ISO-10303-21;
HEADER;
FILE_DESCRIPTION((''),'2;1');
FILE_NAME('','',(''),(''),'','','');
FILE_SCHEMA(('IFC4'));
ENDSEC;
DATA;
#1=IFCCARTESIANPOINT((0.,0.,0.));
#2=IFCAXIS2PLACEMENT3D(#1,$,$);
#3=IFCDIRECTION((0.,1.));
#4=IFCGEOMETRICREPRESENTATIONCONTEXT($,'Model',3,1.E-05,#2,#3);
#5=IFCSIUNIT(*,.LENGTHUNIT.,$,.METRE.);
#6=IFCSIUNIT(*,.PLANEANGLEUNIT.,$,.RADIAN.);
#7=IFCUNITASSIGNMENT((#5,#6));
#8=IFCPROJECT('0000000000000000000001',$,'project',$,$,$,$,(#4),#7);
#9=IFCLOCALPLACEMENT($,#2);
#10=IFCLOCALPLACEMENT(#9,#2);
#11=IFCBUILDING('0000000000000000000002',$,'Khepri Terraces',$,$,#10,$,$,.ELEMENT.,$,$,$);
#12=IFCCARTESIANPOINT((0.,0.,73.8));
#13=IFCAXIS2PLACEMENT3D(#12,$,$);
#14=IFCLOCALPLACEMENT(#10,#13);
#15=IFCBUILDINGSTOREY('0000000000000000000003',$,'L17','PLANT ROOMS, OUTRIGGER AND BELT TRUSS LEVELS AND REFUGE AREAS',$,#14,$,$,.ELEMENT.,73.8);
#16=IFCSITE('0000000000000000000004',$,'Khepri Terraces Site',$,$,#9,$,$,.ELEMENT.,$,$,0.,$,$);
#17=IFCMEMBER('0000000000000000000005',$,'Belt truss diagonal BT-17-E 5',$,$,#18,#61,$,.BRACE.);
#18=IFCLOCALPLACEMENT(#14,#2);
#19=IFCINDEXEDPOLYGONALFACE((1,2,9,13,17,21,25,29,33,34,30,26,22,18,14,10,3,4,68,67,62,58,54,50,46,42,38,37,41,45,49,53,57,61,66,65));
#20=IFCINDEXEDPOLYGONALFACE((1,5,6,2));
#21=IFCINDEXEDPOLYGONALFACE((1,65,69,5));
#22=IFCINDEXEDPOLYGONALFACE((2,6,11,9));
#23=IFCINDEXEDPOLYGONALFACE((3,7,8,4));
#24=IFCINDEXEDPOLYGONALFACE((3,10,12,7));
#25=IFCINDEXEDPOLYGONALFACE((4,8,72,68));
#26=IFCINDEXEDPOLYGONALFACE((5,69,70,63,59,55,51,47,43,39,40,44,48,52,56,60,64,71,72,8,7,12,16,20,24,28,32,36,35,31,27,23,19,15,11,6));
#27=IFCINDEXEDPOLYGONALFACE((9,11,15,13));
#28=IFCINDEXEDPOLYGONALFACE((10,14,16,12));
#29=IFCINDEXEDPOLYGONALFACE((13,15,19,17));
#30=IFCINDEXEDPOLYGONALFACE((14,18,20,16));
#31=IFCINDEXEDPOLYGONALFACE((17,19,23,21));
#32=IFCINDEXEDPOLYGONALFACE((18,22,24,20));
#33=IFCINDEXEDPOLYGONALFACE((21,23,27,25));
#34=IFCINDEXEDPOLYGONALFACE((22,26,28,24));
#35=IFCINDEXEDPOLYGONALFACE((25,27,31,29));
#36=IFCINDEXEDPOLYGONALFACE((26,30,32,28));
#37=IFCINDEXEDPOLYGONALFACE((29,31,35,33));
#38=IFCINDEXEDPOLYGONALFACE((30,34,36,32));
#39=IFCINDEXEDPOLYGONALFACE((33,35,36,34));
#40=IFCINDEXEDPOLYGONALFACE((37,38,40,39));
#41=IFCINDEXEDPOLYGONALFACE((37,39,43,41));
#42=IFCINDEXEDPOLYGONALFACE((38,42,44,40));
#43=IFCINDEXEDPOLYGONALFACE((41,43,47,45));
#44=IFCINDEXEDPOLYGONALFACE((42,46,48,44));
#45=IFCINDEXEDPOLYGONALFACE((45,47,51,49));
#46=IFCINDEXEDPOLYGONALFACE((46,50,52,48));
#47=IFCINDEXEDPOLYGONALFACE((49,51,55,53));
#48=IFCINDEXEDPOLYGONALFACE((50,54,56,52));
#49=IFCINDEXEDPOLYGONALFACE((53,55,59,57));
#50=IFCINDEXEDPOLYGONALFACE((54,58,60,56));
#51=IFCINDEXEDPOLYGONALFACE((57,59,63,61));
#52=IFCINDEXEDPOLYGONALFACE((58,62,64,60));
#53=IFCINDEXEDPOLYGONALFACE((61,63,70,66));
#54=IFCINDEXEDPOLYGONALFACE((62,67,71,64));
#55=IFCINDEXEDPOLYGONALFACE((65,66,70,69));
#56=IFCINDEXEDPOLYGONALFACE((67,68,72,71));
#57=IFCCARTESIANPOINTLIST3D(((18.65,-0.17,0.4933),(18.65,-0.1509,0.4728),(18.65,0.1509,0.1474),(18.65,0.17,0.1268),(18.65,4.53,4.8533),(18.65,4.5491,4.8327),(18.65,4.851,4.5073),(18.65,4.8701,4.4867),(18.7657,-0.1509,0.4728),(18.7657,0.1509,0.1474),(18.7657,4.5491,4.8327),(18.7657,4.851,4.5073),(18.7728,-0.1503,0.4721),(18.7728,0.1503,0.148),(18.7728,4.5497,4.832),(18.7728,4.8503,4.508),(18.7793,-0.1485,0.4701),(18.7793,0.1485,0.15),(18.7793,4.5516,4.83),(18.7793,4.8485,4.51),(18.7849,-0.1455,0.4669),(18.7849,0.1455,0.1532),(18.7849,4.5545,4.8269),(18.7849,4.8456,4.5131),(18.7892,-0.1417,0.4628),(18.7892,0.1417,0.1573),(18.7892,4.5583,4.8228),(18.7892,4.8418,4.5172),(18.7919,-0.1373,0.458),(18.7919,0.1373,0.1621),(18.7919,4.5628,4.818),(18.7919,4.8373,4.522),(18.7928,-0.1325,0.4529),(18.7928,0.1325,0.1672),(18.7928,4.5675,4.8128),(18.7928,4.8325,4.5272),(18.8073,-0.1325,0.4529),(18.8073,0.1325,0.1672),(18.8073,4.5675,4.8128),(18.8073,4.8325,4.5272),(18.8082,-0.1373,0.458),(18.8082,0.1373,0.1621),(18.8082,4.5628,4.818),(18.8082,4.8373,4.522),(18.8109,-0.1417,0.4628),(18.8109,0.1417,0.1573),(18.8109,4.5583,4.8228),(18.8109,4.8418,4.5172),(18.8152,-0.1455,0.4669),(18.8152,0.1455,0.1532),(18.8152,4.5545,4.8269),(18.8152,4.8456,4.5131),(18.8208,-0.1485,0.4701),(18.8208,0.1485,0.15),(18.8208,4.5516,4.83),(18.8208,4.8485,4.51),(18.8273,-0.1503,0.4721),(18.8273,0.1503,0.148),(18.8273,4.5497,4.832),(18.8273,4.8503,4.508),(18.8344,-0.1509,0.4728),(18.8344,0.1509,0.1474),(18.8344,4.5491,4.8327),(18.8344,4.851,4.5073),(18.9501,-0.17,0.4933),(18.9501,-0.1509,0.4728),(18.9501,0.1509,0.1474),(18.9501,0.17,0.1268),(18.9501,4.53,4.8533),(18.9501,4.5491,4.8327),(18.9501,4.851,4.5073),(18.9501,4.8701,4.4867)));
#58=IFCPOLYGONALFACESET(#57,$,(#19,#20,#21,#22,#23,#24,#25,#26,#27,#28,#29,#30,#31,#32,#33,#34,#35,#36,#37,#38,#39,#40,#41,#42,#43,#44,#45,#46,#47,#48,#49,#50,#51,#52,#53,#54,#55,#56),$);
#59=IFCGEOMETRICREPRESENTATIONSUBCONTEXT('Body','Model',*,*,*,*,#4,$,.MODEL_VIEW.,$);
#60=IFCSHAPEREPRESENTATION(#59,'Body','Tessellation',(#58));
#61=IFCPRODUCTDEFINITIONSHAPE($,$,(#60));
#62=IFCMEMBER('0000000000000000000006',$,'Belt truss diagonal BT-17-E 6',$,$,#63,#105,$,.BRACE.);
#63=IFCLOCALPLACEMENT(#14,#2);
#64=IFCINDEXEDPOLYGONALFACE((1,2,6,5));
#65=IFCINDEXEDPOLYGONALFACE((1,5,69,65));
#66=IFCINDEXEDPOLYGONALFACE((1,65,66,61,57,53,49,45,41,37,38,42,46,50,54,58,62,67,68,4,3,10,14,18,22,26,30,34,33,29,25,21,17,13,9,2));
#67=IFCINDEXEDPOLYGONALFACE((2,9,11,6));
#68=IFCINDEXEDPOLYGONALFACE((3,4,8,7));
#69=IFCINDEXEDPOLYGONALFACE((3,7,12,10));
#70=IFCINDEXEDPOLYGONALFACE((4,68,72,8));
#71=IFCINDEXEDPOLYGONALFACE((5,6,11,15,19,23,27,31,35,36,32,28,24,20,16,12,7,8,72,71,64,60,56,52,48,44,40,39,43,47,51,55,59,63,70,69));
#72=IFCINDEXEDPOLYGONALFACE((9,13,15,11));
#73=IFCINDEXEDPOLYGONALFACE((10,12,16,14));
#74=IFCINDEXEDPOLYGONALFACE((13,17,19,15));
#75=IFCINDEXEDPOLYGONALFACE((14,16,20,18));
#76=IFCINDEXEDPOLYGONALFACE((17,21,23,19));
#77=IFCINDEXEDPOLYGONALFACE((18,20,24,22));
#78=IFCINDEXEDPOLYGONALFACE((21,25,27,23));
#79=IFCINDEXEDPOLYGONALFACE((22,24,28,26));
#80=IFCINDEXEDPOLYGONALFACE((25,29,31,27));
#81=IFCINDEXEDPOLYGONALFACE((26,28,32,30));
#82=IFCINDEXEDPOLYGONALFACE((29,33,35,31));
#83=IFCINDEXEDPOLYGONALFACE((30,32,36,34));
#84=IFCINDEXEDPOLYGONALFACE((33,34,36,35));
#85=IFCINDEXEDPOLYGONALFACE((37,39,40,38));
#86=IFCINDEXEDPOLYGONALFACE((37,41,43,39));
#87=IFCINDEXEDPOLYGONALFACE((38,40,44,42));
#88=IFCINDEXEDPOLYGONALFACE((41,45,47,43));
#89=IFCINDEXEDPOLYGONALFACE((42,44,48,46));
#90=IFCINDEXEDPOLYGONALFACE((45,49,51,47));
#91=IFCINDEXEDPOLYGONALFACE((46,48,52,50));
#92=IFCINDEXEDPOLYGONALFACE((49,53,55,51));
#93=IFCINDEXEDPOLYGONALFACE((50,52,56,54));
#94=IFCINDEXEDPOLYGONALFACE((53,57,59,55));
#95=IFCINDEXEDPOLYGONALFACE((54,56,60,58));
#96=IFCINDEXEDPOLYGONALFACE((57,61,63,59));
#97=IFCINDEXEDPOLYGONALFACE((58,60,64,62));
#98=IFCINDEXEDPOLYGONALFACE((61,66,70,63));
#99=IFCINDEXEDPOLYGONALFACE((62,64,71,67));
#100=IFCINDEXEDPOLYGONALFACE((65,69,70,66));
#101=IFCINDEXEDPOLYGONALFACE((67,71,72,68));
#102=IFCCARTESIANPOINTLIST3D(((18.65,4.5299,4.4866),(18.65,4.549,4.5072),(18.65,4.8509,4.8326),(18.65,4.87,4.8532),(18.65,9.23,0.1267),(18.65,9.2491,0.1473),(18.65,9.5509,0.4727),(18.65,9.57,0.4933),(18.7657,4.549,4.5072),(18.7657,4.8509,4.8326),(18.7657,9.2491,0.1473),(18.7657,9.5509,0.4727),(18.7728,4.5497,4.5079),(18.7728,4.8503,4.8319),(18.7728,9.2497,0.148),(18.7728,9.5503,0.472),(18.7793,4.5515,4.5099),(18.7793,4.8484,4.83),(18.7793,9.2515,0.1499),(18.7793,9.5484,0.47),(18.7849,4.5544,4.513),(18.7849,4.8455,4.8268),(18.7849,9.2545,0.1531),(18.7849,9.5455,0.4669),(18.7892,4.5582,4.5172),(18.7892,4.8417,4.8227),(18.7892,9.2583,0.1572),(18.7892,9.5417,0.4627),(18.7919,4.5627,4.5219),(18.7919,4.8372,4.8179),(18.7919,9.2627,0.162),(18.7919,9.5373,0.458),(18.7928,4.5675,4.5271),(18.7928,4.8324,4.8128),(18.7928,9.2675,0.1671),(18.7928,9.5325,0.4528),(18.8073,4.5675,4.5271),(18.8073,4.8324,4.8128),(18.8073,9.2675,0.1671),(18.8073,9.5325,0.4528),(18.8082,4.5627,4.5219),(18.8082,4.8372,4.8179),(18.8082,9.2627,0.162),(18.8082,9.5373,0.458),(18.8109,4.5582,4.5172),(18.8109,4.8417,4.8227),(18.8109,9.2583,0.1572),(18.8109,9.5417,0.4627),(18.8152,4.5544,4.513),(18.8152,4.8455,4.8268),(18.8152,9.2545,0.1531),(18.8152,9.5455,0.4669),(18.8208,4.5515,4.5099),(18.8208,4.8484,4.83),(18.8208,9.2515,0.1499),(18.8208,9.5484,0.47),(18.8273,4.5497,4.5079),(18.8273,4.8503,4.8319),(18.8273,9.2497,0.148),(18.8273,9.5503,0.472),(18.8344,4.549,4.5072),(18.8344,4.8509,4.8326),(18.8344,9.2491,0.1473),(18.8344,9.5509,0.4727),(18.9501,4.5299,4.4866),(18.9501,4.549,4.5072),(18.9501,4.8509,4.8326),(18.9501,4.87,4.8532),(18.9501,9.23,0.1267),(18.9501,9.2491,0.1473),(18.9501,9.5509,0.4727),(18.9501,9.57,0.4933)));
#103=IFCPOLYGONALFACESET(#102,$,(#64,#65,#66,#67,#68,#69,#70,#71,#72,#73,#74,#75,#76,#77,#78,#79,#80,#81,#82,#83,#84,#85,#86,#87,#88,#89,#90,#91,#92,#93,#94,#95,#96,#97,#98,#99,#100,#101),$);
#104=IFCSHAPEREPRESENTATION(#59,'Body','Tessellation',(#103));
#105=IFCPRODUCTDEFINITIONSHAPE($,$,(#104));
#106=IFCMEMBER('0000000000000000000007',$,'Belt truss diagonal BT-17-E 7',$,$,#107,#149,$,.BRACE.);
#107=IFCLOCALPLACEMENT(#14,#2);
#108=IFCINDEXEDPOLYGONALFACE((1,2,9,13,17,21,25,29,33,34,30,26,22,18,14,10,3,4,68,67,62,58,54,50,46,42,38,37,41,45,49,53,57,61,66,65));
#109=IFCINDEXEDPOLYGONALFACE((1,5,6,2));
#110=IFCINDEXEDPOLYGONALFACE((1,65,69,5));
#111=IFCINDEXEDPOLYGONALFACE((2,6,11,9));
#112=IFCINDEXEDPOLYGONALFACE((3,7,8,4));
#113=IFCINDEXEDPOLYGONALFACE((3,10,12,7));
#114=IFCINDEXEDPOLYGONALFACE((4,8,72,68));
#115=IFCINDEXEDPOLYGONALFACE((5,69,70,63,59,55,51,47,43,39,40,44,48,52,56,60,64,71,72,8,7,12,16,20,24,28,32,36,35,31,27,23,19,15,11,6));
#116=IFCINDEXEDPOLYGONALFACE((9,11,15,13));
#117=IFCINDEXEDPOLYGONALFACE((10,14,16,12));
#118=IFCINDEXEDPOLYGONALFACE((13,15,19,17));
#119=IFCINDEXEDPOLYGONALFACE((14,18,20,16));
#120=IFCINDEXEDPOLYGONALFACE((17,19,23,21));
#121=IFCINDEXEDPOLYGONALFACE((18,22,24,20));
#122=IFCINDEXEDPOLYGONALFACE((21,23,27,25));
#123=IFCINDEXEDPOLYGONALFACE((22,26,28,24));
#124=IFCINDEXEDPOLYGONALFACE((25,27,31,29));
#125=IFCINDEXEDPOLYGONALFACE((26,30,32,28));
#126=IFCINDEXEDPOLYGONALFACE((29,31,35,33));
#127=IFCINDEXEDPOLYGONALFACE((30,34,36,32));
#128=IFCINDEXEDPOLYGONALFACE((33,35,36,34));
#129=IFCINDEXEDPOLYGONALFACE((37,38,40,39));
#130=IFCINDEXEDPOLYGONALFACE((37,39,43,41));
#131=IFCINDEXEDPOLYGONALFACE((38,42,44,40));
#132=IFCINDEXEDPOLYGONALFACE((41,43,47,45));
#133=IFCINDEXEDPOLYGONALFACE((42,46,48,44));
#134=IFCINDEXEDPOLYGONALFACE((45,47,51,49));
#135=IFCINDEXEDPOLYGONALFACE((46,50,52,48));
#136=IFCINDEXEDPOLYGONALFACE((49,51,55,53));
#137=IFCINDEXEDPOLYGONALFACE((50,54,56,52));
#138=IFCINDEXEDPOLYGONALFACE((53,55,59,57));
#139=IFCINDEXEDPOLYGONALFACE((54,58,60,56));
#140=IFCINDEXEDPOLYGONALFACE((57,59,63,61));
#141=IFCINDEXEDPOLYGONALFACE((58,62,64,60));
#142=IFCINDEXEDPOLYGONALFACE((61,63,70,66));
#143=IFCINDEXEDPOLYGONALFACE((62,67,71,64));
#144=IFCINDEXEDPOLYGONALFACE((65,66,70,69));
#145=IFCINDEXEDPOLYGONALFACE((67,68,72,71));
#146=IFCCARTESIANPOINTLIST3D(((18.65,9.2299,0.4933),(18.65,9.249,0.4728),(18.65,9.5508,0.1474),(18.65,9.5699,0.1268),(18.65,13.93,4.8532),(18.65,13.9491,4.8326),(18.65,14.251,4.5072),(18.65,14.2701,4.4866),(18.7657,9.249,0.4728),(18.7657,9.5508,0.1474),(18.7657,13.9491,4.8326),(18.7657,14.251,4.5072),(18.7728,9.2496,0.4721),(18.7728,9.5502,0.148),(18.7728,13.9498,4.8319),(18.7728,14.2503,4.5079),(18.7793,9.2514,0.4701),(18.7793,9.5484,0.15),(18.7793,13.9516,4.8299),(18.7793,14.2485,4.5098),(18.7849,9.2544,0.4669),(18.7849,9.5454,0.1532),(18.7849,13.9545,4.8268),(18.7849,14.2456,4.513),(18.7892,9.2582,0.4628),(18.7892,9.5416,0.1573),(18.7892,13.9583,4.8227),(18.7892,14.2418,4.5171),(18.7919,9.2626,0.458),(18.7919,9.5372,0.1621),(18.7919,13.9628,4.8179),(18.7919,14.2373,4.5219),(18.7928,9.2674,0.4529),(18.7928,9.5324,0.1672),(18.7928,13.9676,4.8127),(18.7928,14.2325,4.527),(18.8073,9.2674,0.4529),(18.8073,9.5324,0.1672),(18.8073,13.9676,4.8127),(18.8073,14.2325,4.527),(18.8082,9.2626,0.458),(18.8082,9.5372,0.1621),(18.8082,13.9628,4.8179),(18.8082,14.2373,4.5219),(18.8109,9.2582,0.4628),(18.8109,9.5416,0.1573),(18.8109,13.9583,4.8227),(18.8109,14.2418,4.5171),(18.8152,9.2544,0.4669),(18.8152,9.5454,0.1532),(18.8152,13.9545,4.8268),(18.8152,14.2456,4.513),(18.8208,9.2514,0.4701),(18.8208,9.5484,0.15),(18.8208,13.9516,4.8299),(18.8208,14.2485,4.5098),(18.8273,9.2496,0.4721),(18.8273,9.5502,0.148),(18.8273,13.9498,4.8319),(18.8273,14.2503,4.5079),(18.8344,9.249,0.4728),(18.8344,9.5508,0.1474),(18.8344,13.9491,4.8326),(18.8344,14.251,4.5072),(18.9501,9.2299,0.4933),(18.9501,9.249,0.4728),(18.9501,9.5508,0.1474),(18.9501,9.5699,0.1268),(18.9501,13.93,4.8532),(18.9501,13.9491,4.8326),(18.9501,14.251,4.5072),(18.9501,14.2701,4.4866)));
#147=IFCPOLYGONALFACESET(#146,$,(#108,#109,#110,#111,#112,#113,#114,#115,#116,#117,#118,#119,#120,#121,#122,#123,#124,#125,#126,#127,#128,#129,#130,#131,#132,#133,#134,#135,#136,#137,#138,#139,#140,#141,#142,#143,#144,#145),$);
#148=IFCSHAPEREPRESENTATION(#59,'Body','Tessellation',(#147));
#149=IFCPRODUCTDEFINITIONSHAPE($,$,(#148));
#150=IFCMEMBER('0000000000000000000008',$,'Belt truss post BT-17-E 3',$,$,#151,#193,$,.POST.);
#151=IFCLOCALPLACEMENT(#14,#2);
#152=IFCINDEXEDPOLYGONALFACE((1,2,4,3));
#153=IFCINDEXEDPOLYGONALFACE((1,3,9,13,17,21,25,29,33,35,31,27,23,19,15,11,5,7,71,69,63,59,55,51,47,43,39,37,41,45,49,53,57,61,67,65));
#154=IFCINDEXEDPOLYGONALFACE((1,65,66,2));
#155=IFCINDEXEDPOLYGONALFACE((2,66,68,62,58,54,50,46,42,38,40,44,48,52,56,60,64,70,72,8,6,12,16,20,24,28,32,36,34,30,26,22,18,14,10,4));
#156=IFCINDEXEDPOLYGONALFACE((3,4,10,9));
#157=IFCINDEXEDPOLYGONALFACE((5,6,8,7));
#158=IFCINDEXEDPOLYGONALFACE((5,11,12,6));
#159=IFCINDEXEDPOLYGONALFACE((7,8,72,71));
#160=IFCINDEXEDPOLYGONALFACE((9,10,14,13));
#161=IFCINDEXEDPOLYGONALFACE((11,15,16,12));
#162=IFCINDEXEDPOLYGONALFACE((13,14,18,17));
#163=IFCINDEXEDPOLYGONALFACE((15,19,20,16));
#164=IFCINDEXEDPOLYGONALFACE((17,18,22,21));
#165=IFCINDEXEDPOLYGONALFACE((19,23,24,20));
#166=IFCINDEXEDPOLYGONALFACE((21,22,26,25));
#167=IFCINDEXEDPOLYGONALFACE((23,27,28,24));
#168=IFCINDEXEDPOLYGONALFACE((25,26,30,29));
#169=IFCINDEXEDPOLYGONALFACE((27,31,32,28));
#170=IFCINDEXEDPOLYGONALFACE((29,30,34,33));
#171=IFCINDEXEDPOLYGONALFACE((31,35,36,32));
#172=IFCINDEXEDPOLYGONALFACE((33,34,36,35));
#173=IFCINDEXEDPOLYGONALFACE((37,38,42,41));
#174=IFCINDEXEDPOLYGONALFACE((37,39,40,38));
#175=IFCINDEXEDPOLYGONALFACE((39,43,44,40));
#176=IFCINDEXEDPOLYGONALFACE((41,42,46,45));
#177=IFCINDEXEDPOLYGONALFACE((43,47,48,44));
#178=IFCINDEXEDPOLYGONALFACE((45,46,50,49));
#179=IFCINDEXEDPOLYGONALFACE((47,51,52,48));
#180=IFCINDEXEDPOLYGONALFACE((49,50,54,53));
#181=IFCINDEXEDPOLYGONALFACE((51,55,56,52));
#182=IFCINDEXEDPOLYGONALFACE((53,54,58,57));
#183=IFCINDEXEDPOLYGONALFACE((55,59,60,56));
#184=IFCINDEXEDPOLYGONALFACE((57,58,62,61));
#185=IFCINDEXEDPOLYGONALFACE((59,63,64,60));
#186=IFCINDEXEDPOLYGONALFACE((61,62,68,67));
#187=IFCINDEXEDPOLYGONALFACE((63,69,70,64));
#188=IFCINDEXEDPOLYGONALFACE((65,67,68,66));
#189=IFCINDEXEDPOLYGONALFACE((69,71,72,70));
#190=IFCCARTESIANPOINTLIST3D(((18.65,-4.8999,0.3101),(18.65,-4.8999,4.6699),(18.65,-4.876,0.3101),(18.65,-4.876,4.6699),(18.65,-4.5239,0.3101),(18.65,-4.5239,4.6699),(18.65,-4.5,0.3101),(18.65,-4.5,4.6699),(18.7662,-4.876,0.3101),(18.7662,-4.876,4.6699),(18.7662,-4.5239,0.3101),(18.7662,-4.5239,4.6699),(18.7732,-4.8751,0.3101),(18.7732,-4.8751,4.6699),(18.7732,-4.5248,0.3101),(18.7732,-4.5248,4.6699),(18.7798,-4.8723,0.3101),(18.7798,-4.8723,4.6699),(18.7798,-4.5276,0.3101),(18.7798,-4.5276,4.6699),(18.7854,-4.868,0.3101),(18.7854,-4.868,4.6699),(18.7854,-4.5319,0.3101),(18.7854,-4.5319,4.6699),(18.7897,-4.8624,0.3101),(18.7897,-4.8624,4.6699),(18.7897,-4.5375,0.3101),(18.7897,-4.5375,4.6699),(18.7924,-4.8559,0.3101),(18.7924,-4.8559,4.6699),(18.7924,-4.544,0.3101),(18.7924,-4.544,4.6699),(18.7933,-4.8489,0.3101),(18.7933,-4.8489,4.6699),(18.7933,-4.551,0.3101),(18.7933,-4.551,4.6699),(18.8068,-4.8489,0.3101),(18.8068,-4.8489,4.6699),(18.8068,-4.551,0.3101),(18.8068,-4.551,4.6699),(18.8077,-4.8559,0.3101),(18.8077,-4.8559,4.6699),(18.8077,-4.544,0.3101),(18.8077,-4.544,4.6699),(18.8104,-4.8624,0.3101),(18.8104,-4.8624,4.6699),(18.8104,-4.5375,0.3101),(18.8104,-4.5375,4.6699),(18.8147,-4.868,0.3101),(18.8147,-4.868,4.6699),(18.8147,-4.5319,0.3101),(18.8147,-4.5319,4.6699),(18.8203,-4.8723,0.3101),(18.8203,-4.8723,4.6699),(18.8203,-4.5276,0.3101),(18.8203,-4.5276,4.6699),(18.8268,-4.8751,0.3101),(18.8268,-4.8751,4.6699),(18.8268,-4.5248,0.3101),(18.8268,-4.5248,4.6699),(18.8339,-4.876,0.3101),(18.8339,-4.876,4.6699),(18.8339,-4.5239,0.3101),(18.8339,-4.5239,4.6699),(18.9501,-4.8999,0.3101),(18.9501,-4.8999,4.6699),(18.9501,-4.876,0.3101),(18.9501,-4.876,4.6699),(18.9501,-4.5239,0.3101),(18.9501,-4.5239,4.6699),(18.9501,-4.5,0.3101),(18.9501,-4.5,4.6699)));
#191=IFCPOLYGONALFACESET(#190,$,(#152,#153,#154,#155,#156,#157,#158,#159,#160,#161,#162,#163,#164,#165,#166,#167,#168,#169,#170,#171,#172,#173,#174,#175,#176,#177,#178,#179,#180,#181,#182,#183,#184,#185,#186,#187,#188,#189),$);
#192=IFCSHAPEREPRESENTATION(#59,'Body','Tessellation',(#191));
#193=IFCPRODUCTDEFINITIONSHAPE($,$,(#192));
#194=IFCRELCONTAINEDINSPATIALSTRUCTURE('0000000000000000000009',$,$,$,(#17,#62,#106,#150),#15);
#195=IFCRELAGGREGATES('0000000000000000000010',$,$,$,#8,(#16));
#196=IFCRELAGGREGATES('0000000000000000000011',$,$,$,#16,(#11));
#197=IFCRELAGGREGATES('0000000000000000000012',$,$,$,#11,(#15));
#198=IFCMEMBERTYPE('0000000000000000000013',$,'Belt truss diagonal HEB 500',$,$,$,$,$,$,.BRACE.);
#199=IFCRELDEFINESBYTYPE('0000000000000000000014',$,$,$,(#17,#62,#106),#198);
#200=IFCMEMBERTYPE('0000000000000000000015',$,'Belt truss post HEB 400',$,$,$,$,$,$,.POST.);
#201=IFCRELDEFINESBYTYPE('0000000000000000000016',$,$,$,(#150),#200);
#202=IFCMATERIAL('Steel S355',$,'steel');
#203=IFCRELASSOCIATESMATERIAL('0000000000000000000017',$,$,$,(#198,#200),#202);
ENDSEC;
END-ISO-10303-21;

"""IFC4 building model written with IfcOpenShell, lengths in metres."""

from ifc_helpers import new_model, si_unit, direction, frame, origin, origin_2d, place, context, subcontext, project, spatial, i_section, extrude, material, material_profile, profile_set, type_object, element, save


model = new_model("IFC4")

# Units and contexts
model_context = context("Model", 3, precision=1e-05, world=origin(), true_north=direction((0.0, 1.0)))
body_context = subcontext(model_context, "Body", "Model", "MODEL_VIEW")
ifc_project = project(units=[si_unit("LENGTHUNIT", "METRE"), si_unit("PLANEANGLEUNIT", "RADIAN")], contexts=[model_context])

# Site, building, storey
site_placement = place(None, origin())
site = spatial("IfcSite", under=ifc_project, at=site_placement, Name="Khepri Terraces Site", CompositionType="ELEMENT", RefElevation=0.0)
building_placement = place(site_placement, origin())
building = spatial("IfcBuilding", under=site, at=building_placement, Name="Khepri Terraces", CompositionType="ELEMENT")
storey_placement = place(building_placement, frame((0.0, 0.0, 73.8)))
storey = spatial("IfcBuildingStorey", under=building, at=storey_placement, Name="L17", Description="PLANT ROOMS, OUTRIGGER AND BELT TRUSS LEVELS AND REFUGE AREAS", CompositionType="ELEMENT", Elevation=73.8)

# Members
ifc_material_1 = material(Name="Steel S355", Category="steel")
ifc_material_profile_1 = material_profile(ifc_material_1, i_section(OverallWidth=0.3, OverallDepth=0.5, WebThickness=0.0144, FlangeThickness=0.0281, FilletRadius=0.0271, at=origin_2d()), Name="Steel S355", Category="steel")
ifc_profile_set_1 = profile_set([ifc_material_profile_1], Name="Steel S355")
member_type_1 = type_object("IfcMemberType", Name="Belt truss diagonal HEB 500", PredefinedType="BRACE", material=ifc_profile_set_1)
for number, where, z_axis, x_axis, name in (
    (1, (18.8, 0.0, 0.3101), (0.0, 0.733134, 0.680084), (-1.0, 0.0, 0.0), "Belt truss diagonal BT-17-E 5"),
    (2, (18.8, 4.7, 4.6699), (0.0, 0.733134, -0.680084), (-1.0, 0.0, 0.0), "Belt truss diagonal BT-17-E 6"),
    (3, (18.8, 9.3999, 0.3101), (0.0, 0.733151, 0.680065), (-1.0, 0.0, 0.0), "Belt truss diagonal BT-17-E 7"),
):
    element("IfcMember", number, at=place(storey_placement, frame(where, z_axis=z_axis, x_axis=x_axis)), inside=storey, type_object=member_type_1, Name=name, PredefinedType="BRACE", context=body_context, shape_type="SweptSolid", body=[
        extrude(i_section(OverallWidth=0.3, OverallDepth=0.5, WebThickness=0.0144, FlangeThickness=0.0281, FilletRadius=0.0271, at=origin_2d()), origin(), (0.0, 0.0, 1.0), 6.4109),
    ])
ifc_material_profile_2 = material_profile(ifc_material_1, i_section(OverallWidth=0.3, OverallDepth=0.3999, WebThickness=0.0134, FlangeThickness=0.0239, FilletRadius=0.0271, at=origin_2d()), Name="Steel S355", Category="steel")
ifc_profile_set_2 = profile_set([ifc_material_profile_2], Name="Steel S355")
member_type_2 = type_object("IfcMemberType", Name="Belt truss post HEB 400", PredefinedType="POST", material=ifc_profile_set_2)
for number, where, z_axis, x_axis, name in (
    (4, (18.8, -4.7, 0.3101), (0.0, 0.0, 1.0), (1.0, 0.0, 0.0), "Belt truss post BT-17-E 3"),
):
    element("IfcMember", number, at=place(storey_placement, frame(where, z_axis=z_axis, x_axis=x_axis)), inside=storey, type_object=member_type_2, Name=name, PredefinedType="POST", context=body_context, shape_type="SweptSolid", body=[
        extrude(i_section(OverallWidth=0.3, OverallDepth=0.3999, WebThickness=0.0134, FlangeThickness=0.0239, FilletRadius=0.0271, at=origin_2d()), origin(), (0.0, 0.0, 1.0), 4.3599),
    ])

save(model, "model.ifc")
